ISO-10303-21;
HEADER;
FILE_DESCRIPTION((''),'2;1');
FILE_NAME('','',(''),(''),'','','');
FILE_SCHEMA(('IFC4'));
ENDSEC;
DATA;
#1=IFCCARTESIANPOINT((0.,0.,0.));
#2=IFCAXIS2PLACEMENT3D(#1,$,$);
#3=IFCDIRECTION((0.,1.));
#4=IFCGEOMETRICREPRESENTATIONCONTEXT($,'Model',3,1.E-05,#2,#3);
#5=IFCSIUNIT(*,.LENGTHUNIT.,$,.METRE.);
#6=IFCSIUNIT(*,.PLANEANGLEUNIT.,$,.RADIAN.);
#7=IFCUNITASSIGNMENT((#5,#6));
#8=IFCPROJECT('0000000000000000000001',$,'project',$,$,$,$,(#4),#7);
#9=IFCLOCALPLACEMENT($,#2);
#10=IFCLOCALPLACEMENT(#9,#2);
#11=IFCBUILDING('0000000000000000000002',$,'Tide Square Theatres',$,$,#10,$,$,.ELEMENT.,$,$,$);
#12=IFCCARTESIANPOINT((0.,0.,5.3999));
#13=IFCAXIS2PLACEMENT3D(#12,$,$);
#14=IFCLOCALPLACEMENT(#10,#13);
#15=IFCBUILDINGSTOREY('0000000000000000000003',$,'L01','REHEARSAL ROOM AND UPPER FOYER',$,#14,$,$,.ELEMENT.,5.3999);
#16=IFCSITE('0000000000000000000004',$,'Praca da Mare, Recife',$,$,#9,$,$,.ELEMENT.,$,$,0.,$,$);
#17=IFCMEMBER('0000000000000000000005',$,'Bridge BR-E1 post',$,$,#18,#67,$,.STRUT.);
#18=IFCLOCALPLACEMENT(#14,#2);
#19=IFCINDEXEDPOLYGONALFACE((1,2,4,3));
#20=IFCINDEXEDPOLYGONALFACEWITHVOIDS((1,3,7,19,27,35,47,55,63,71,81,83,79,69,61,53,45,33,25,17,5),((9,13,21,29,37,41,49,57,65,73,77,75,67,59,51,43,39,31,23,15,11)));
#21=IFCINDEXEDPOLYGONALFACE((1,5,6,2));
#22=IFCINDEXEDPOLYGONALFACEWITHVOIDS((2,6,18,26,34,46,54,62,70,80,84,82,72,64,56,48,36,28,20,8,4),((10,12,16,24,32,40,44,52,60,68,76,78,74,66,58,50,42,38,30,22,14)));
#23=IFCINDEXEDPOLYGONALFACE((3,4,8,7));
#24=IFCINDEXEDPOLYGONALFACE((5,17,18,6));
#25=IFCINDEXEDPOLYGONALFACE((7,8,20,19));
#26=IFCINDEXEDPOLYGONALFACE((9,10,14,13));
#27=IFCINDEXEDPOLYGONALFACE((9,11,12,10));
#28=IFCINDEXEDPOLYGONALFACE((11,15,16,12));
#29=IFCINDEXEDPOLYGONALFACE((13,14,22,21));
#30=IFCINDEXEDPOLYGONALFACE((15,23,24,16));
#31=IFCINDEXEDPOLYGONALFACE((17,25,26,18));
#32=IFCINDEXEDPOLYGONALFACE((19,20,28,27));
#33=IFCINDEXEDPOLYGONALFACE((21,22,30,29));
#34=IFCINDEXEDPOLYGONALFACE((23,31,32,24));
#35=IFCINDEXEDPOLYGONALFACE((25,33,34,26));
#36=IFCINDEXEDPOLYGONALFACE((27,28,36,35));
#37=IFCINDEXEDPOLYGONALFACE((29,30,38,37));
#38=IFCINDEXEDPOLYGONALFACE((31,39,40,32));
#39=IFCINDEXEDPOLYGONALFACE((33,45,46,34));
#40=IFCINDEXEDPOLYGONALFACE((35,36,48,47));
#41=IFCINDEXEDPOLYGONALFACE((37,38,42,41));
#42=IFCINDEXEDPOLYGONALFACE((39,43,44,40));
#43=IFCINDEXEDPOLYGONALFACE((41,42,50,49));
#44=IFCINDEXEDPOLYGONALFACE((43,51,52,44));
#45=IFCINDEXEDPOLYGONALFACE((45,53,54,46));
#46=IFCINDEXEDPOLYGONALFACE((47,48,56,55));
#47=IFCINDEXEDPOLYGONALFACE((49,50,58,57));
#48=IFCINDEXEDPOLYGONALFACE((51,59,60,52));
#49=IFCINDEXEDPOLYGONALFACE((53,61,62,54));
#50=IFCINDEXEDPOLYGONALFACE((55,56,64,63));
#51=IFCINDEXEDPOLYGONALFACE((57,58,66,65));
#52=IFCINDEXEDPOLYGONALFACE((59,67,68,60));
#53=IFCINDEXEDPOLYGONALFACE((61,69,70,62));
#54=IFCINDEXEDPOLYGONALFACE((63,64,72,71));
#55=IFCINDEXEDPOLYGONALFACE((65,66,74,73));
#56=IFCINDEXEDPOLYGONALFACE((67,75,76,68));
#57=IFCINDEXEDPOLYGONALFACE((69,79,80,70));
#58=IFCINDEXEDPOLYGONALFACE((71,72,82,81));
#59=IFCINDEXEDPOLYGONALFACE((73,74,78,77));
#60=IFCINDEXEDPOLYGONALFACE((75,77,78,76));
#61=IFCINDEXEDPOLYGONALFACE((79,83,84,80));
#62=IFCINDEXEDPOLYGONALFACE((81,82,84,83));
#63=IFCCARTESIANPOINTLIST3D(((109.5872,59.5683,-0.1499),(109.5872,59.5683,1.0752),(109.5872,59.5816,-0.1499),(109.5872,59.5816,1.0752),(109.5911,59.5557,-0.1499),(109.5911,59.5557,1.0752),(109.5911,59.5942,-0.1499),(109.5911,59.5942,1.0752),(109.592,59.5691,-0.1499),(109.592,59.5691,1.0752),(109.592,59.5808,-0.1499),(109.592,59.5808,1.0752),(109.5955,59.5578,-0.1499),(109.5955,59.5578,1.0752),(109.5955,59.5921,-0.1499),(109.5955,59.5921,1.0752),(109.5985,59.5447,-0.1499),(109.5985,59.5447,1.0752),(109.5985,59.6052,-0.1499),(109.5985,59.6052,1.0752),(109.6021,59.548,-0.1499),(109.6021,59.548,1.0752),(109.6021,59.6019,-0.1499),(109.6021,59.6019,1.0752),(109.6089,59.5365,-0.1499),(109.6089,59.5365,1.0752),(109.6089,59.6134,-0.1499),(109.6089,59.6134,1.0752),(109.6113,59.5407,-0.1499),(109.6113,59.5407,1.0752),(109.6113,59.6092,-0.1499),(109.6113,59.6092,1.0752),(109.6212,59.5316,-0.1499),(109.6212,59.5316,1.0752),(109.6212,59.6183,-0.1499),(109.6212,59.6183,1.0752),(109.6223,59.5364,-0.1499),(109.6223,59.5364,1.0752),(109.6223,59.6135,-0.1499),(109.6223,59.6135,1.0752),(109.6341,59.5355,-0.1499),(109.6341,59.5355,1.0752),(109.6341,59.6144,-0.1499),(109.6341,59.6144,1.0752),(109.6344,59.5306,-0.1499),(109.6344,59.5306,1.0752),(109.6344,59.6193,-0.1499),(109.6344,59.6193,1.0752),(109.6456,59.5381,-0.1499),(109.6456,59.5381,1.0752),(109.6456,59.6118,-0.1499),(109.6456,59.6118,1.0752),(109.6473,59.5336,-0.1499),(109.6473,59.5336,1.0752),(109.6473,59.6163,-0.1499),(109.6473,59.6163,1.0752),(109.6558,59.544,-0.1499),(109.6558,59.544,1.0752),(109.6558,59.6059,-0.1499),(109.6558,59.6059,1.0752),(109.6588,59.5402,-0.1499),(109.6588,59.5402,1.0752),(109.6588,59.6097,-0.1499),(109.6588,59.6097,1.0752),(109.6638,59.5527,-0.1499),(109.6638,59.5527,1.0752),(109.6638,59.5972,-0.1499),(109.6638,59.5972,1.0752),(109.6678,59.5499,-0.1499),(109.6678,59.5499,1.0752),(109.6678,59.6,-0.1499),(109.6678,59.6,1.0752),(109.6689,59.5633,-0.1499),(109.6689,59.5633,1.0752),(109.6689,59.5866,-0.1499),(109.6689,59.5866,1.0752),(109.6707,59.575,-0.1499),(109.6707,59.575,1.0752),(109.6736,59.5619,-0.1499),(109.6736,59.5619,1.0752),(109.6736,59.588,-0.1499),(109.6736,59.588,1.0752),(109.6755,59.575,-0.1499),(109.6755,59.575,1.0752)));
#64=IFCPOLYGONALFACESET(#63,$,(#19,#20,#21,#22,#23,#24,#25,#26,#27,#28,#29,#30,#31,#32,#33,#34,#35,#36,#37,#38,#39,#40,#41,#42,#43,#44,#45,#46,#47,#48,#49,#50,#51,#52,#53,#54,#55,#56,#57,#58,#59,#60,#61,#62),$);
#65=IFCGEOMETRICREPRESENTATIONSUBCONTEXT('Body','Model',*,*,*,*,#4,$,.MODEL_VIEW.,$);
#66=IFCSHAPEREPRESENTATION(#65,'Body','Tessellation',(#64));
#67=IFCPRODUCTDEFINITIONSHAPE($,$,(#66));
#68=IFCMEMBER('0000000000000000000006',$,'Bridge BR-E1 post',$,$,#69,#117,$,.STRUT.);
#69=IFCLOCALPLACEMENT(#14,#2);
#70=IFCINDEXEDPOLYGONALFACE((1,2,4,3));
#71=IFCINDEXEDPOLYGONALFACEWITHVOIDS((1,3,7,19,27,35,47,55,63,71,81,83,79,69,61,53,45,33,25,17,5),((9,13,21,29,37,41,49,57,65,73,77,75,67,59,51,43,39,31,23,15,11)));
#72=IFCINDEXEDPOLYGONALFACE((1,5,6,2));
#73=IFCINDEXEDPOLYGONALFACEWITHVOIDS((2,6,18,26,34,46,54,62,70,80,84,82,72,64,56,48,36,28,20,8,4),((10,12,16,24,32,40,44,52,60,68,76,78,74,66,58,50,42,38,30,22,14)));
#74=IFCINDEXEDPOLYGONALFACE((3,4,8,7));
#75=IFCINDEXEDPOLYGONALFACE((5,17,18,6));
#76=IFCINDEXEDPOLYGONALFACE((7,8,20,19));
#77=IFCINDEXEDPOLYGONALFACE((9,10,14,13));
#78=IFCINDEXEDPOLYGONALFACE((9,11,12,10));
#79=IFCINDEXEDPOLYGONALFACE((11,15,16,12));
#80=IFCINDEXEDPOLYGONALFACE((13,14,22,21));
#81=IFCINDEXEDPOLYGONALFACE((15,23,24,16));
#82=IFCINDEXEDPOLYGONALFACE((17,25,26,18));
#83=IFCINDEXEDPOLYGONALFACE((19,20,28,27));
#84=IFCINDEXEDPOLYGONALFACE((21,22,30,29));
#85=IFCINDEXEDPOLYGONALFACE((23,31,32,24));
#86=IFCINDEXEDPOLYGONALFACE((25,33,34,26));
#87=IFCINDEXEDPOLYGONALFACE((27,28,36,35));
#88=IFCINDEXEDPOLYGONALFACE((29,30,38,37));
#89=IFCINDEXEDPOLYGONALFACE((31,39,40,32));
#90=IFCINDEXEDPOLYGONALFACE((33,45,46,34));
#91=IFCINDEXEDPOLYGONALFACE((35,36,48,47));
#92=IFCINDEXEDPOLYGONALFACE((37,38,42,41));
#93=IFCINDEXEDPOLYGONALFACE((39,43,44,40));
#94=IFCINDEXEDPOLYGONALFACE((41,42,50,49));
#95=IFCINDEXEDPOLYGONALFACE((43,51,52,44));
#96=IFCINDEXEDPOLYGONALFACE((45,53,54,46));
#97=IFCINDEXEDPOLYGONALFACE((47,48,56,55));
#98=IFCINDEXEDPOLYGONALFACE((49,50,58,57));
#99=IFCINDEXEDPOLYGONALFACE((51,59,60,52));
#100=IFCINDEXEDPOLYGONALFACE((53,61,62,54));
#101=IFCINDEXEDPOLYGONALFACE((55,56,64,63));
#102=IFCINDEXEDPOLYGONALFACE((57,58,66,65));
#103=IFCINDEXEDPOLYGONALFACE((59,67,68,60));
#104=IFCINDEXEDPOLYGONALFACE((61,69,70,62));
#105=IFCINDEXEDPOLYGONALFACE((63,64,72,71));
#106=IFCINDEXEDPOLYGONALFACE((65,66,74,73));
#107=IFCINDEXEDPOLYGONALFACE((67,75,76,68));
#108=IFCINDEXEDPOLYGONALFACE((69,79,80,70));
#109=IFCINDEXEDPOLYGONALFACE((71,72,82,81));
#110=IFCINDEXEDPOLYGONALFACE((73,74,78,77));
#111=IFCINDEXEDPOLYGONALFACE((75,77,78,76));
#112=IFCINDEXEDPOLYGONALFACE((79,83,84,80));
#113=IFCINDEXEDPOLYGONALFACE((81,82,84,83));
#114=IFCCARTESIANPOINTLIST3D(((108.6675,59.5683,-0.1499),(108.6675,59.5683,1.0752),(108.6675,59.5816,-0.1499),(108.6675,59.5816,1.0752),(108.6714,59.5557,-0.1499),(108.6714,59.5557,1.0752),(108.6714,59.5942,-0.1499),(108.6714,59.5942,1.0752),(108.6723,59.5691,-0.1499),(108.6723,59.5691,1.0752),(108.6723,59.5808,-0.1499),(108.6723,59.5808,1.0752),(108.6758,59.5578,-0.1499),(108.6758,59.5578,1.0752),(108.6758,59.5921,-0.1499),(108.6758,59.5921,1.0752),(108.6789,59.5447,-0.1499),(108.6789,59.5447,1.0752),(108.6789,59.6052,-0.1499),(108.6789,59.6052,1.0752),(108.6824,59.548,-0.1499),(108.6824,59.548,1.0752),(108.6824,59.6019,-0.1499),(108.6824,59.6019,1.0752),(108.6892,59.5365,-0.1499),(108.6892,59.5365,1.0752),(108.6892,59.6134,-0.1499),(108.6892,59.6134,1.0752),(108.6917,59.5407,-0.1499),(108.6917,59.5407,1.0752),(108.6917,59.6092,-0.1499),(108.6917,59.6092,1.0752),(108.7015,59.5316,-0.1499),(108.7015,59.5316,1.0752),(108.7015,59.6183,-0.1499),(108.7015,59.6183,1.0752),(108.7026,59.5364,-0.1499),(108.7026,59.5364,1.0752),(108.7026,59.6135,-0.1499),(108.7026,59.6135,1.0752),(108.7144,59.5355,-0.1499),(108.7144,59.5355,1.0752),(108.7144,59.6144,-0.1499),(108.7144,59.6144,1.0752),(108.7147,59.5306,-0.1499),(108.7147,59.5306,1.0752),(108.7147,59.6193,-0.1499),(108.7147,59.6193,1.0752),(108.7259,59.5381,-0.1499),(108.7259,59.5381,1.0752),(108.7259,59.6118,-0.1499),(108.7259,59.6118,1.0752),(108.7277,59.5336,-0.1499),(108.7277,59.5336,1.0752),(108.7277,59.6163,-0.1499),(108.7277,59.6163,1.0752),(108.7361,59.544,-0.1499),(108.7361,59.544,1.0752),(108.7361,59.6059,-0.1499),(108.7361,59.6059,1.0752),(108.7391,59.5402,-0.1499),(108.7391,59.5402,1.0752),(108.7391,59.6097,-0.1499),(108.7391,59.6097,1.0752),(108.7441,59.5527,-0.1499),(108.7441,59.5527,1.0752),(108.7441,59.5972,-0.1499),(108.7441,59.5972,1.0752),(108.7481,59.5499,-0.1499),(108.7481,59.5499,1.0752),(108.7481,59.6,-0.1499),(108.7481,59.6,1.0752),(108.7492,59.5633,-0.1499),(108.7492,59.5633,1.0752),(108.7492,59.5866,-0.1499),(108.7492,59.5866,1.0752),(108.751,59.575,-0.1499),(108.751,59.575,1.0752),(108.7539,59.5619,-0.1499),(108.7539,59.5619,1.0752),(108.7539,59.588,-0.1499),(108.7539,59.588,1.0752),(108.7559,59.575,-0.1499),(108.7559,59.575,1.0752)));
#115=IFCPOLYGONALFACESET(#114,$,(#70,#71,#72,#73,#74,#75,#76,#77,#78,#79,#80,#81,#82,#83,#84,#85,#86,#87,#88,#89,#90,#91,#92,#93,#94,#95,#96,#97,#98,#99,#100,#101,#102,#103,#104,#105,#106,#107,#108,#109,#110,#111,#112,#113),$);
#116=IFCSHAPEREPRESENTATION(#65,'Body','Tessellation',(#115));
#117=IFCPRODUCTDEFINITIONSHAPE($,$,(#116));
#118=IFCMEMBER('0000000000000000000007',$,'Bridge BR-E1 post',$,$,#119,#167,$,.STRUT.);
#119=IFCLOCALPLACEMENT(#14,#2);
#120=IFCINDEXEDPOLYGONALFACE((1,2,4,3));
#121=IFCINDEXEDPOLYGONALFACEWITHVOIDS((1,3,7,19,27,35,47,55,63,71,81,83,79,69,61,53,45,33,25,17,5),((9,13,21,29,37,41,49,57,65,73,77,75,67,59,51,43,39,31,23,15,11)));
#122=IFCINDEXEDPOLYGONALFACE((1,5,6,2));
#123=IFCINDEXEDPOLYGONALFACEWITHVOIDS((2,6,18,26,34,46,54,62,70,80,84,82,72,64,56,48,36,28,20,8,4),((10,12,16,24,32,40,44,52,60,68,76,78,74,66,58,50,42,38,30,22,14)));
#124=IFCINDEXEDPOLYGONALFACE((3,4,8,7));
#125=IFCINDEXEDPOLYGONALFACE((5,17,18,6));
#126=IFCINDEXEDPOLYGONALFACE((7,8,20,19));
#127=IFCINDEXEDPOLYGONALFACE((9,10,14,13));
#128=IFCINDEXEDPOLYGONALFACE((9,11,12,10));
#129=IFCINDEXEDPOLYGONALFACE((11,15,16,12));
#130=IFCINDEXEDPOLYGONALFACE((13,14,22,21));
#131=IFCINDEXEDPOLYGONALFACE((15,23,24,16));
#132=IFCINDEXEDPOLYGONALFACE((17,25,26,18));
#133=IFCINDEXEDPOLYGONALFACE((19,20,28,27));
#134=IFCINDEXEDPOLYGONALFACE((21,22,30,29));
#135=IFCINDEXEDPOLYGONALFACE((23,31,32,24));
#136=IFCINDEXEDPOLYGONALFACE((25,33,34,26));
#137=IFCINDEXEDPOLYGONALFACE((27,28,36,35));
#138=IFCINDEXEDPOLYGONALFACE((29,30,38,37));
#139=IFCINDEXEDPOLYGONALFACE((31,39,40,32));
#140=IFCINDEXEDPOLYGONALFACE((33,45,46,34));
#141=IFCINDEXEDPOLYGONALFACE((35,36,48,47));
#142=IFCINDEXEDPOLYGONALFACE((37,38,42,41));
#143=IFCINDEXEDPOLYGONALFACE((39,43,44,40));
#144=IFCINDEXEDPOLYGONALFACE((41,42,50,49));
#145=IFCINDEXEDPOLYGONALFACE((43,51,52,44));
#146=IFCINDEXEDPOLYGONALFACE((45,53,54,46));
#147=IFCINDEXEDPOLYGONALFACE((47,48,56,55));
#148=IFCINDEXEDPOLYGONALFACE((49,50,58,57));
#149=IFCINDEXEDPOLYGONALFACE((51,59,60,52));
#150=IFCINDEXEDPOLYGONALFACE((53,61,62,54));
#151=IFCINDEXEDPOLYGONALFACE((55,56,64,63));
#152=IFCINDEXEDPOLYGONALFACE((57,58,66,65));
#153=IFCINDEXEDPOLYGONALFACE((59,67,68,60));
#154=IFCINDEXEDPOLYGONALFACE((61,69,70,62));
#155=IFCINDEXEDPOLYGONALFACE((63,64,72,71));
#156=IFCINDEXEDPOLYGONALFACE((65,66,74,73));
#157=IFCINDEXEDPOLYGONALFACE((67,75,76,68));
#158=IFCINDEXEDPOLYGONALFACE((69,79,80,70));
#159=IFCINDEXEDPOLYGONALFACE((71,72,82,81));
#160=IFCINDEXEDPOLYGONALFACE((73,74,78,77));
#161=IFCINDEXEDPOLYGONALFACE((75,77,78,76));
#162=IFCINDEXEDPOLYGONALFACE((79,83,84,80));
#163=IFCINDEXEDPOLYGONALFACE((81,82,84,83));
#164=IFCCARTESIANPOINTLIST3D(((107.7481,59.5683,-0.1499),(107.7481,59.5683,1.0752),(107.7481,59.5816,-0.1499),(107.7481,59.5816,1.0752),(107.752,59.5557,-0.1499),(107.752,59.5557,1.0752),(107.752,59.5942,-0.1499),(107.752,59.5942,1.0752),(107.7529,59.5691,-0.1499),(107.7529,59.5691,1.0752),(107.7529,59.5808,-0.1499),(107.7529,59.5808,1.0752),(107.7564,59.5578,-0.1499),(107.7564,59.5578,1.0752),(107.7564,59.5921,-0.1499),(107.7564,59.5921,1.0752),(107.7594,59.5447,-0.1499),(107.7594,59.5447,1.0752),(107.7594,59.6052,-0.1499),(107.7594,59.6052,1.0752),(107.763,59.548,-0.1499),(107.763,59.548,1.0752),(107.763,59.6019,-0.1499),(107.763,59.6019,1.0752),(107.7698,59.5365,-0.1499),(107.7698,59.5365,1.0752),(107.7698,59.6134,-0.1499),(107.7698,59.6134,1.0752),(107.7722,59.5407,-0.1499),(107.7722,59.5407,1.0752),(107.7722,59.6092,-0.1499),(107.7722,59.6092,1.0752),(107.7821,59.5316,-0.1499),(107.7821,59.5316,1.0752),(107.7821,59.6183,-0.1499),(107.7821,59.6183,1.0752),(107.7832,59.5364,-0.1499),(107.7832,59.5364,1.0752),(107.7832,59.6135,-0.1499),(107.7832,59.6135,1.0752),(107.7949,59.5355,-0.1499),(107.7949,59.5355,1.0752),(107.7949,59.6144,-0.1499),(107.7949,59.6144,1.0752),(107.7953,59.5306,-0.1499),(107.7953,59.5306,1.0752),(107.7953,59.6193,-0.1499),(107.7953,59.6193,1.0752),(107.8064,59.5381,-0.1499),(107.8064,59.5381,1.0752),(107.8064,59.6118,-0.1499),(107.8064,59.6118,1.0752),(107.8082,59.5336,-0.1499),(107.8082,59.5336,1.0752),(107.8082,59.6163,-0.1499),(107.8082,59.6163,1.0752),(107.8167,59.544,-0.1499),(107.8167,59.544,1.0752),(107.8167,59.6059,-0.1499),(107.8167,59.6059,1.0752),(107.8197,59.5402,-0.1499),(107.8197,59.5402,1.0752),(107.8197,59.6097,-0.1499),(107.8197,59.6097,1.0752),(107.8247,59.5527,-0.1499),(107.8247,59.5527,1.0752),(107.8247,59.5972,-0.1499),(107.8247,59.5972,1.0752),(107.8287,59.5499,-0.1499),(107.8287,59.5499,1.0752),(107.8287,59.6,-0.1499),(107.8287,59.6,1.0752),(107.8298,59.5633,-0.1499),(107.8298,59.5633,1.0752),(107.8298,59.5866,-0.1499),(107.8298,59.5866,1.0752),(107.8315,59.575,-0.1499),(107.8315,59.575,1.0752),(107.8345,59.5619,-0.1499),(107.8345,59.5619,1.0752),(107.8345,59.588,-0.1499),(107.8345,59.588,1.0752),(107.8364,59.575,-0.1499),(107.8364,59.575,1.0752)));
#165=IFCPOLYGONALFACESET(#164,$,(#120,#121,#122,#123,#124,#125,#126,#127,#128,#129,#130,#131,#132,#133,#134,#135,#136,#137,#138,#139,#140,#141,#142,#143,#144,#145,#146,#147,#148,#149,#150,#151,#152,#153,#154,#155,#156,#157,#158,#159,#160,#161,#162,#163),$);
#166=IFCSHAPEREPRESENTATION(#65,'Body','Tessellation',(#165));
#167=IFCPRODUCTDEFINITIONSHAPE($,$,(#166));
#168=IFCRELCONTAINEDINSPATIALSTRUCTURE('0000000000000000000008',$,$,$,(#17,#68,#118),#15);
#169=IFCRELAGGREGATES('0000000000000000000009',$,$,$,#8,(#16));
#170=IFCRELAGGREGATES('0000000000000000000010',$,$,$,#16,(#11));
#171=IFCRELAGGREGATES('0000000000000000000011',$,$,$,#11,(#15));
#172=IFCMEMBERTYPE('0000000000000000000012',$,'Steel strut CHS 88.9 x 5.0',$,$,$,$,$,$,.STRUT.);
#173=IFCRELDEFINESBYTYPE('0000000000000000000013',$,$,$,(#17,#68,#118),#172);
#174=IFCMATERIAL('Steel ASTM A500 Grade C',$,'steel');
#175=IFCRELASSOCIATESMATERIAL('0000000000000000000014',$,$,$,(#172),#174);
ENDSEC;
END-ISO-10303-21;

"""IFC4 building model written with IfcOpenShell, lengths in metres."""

from ifc_helpers import new_model, si_unit, direction, frame, origin, origin_2d, place, context, subcontext, project, spatial, hollow_circle, extrude, material, material_profile, profile_set, type_object, element, save


model = new_model("IFC4")

# Units and contexts
model_context = context("Model", 3, precision=1e-05, world=origin(), true_north=direction((0.0, 1.0)))
body_context = subcontext(model_context, "Body", "Model", "MODEL_VIEW")
ifc_project = project(units=[si_unit("LENGTHUNIT", "METRE"), si_unit("PLANEANGLEUNIT", "RADIAN")], contexts=[model_context])

# Site, building, storey
site_placement = place(None, origin())
site = spatial("IfcSite", under=ifc_project, at=site_placement, Name="Praca da Mare, Recife", CompositionType="ELEMENT", RefElevation=0.0)
building_placement = place(site_placement, origin())
building = spatial("IfcBuilding", under=site, at=building_placement, Name="Tide Square Theatres", CompositionType="ELEMENT")
storey_placement = place(building_placement, frame((0.0, 0.0, 5.3999)))
storey = spatial("IfcBuildingStorey", under=building, at=storey_placement, Name="L01", Description="REHEARSAL ROOM AND UPPER FOYER", CompositionType="ELEMENT", Elevation=5.3999)

# Members
ifc_material_1 = material(Name="Steel ASTM A500 Grade C", Category="steel")
ifc_material_profile_1 = material_profile(ifc_material_1, hollow_circle(Radius=0.0444, WallThickness=0.0049, at=origin_2d()))
ifc_profile_set_1 = profile_set([ifc_material_profile_1], Name="Steel ASTM A500 Grade C")
member_type_1 = type_object("IfcMemberType", Name="Steel strut CHS 88.9 x 5.0", PredefinedType="STRUT", material=ifc_profile_set_1)
for number, where, z_axis, x_axis, name in (
    (1, (109.6311, 59.575, -0.1499), (0.0, 0.0, 1.0), (1.0, 0.0, 0.0), "Bridge BR-E1 post"),
    (2, (108.7114, 59.575, -0.1499), (0.0, 0.0, 1.0), (1.0, 0.0, 0.0), "Bridge BR-E1 post"),
    (3, (107.792, 59.575, -0.1499), (0.0, 0.0, 1.0), (1.0, 0.0, 0.0), "Bridge BR-E1 post"),
):
    element("IfcMember", number, at=place(storey_placement, frame(where, z_axis=z_axis, x_axis=x_axis)), inside=storey, type_object=member_type_1, Name=name, PredefinedType="STRUT", context=body_context, shape_type="SweptSolid", body=[
        extrude(hollow_circle(Radius=0.0444, WallThickness=0.0049, at=origin_2d()), origin(), (0.0, 0.0, 1.0), 1.2251),
    ])

save(model, "model.ifc")
